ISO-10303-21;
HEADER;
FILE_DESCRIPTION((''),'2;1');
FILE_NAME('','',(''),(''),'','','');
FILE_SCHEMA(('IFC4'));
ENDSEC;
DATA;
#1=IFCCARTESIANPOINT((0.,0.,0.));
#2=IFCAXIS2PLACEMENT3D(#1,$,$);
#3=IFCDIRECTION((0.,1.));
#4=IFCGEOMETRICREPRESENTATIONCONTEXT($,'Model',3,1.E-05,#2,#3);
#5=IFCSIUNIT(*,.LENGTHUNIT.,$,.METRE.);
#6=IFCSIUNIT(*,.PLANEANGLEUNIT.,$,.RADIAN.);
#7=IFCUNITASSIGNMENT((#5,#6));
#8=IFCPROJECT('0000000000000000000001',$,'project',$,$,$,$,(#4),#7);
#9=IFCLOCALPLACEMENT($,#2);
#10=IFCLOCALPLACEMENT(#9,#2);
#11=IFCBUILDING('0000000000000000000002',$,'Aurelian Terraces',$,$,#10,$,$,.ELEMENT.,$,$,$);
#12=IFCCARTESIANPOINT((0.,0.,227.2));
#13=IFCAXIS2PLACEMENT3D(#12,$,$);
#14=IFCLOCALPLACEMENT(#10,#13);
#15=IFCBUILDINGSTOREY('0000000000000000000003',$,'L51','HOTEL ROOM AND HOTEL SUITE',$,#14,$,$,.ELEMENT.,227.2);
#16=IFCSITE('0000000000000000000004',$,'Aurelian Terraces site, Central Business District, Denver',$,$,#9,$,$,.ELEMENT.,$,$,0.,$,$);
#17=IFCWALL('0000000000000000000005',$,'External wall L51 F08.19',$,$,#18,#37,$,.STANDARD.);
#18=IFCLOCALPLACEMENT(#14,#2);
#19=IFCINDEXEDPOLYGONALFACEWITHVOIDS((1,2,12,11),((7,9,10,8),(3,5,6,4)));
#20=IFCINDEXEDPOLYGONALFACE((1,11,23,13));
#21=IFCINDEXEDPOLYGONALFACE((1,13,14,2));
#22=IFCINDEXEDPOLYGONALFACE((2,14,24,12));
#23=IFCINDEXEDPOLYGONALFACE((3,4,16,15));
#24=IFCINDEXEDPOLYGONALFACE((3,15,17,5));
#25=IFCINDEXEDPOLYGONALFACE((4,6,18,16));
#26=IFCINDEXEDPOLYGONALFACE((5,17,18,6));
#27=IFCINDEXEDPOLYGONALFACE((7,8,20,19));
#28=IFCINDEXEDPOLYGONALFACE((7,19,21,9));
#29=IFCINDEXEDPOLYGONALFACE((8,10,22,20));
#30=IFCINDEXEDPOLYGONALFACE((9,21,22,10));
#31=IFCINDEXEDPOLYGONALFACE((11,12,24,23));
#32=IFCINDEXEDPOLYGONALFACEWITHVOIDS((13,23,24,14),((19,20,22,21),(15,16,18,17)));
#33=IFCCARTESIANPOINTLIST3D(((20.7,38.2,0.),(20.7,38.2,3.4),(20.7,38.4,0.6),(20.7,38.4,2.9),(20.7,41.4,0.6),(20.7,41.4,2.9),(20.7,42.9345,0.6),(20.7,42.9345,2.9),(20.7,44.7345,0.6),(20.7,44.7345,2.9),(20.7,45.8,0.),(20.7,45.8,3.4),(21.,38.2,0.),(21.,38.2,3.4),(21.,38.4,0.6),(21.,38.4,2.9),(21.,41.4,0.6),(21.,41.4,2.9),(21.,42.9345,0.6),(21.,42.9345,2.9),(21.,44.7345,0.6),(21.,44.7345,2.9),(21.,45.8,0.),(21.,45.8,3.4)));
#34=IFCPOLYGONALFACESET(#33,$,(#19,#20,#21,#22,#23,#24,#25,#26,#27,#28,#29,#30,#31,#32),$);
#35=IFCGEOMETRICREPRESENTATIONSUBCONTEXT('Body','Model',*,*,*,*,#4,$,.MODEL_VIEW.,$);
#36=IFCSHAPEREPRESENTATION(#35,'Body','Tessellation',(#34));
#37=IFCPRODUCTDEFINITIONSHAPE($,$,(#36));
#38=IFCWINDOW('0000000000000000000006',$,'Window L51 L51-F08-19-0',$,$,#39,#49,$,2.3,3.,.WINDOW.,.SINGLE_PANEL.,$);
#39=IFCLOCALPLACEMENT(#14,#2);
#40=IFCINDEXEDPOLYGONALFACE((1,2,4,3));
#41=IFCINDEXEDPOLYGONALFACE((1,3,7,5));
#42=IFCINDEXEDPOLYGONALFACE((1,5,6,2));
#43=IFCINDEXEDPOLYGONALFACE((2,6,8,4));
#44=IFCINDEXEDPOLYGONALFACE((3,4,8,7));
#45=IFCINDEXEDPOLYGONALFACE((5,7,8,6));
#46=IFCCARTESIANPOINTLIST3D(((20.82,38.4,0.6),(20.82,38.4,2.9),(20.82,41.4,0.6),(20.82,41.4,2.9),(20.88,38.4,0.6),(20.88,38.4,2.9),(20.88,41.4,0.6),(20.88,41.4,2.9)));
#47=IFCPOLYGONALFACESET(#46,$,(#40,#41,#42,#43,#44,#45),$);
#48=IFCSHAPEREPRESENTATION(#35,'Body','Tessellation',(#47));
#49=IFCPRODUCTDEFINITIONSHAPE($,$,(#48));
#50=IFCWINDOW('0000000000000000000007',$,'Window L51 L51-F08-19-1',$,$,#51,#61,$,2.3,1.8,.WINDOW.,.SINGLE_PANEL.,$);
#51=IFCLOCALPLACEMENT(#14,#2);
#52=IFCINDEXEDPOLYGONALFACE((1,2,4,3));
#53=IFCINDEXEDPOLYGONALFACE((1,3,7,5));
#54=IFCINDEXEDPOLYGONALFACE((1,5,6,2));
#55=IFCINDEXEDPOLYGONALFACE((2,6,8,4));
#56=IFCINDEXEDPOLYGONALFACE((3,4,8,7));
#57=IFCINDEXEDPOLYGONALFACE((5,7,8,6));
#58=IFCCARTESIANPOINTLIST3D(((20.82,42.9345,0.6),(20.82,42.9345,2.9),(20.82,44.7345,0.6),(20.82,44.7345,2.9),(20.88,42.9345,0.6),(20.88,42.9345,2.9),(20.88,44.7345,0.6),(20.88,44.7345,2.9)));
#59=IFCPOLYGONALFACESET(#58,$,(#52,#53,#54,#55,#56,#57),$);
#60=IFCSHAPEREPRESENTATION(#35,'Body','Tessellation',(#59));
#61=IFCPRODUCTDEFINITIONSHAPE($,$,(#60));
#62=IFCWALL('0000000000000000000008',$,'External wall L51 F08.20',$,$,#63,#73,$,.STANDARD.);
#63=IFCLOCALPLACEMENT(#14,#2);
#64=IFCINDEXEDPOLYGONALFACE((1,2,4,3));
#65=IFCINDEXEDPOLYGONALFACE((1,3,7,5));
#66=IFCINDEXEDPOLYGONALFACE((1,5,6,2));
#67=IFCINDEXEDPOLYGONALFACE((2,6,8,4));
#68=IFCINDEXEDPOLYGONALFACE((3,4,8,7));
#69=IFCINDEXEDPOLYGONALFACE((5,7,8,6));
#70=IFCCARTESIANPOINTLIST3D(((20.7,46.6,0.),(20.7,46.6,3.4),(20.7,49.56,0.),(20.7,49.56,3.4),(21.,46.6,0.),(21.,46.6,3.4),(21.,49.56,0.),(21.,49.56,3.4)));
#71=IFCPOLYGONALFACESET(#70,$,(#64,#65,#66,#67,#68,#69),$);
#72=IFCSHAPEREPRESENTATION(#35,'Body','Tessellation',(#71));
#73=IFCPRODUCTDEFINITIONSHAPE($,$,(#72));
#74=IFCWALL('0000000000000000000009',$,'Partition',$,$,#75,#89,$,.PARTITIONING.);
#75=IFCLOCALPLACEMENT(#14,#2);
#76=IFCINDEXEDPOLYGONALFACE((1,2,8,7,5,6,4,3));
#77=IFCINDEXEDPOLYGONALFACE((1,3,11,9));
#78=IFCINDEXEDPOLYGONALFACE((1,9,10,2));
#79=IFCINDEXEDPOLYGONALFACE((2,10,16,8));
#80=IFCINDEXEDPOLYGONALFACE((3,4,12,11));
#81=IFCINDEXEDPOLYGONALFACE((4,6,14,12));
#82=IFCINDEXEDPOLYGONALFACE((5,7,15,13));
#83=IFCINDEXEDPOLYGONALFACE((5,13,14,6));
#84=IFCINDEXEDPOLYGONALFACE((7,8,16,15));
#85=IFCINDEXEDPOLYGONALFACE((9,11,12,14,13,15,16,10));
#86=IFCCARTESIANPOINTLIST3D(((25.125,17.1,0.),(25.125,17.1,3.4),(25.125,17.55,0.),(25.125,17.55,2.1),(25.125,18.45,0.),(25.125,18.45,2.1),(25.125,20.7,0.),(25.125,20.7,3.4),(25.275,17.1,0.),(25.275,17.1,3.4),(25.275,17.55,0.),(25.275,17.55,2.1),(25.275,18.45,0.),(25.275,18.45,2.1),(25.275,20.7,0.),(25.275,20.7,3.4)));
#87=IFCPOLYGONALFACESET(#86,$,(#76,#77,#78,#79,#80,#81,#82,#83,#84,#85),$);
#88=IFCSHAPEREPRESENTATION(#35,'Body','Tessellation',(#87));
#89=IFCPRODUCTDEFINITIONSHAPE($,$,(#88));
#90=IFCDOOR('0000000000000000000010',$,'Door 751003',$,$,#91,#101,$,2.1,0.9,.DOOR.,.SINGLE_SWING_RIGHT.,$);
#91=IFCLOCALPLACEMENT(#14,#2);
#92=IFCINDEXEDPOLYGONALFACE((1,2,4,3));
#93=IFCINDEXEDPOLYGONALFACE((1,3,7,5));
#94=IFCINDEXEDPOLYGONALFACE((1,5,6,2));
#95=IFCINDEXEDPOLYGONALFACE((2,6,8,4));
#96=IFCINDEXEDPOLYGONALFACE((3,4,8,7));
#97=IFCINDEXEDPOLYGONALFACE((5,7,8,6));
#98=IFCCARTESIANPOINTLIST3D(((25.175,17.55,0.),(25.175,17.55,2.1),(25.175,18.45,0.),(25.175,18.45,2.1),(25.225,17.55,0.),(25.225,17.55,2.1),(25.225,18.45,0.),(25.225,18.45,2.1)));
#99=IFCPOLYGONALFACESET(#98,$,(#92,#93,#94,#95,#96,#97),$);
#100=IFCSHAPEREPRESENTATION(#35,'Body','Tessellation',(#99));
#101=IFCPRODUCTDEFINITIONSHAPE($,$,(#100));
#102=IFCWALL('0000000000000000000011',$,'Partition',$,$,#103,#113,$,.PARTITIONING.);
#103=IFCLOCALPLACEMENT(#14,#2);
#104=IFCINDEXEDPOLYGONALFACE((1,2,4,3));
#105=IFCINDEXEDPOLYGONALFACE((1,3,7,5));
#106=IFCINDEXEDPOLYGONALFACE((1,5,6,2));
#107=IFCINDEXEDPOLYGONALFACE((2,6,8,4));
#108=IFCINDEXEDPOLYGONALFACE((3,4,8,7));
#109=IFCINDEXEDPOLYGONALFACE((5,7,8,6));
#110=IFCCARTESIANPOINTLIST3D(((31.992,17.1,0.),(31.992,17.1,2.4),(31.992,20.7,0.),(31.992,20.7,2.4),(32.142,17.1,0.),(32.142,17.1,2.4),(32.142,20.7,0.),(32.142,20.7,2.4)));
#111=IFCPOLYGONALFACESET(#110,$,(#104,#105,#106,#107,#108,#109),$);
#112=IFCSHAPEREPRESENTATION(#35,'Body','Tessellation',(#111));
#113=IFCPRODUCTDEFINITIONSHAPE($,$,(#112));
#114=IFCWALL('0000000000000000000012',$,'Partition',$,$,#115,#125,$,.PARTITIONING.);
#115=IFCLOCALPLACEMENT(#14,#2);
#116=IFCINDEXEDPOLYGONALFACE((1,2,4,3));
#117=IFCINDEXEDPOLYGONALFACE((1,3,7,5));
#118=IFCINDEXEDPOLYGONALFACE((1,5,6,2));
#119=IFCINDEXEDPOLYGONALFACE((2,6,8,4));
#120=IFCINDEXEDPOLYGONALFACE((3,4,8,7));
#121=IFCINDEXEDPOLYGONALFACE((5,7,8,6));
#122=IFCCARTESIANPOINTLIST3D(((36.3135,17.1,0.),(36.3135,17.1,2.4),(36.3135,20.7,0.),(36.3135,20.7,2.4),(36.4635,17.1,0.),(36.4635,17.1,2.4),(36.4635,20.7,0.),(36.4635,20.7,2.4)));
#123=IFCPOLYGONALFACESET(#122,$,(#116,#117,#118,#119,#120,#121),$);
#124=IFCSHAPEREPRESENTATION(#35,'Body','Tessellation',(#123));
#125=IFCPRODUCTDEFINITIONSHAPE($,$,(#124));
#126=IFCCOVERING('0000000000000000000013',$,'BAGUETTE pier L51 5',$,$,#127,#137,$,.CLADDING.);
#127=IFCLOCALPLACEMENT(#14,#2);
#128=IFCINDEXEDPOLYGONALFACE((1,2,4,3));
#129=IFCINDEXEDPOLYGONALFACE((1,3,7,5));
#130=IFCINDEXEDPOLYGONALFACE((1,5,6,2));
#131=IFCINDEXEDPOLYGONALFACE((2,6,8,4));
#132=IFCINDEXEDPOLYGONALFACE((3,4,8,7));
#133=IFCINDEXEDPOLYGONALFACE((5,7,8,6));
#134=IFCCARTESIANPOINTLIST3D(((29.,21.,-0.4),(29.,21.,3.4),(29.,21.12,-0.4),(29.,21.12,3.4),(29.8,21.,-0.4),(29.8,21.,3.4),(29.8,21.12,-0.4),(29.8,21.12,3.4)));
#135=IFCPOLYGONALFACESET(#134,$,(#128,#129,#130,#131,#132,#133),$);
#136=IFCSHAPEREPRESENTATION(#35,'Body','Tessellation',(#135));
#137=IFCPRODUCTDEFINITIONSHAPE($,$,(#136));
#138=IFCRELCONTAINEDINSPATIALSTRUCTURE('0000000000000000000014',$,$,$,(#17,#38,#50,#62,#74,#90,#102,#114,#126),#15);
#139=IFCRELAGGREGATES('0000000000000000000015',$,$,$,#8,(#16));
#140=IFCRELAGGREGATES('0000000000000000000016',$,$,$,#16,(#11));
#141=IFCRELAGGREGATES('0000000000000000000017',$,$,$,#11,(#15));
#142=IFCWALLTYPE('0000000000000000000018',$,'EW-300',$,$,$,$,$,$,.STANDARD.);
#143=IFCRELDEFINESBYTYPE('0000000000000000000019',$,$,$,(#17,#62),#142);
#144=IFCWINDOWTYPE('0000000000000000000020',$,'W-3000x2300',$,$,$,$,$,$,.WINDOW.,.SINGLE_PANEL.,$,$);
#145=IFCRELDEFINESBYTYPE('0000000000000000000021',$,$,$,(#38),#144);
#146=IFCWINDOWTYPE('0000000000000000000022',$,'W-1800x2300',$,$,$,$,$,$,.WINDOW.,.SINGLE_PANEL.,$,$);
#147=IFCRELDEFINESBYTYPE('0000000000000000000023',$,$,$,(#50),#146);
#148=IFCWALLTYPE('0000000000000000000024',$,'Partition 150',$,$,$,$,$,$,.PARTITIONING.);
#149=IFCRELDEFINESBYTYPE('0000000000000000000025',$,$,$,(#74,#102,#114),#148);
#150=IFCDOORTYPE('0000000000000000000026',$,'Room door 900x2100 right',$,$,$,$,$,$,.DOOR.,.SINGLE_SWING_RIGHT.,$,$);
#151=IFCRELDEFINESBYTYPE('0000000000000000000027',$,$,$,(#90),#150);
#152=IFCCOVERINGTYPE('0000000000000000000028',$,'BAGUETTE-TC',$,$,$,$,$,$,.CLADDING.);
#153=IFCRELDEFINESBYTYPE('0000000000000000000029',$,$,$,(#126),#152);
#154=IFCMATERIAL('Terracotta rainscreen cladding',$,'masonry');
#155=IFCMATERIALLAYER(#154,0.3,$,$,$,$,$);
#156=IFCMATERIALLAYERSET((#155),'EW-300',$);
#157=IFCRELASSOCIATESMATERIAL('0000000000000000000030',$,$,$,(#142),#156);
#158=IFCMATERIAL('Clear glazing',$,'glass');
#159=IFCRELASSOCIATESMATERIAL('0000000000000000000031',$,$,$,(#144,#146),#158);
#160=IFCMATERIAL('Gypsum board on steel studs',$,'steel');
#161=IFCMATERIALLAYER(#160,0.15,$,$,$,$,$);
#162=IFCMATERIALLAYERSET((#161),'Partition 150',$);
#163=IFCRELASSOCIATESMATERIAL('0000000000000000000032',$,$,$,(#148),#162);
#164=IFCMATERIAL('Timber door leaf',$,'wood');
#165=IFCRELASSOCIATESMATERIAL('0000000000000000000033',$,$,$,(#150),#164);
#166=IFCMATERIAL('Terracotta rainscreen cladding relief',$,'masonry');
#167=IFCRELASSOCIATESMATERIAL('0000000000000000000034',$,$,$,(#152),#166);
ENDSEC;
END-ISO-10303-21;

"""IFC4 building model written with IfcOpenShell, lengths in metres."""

from ifc_helpers import new_model, si_unit, direction, frame, frame_2d, origin, origin_2d, place, context, subcontext, project, spatial, rectangle, extrude, source, transform, mapped, material, layer, layer_set, type_object, element, fill, save


model = new_model("IFC4")

# Units and contexts
model_context = context("Model", 3, precision=1e-05, world=origin(), true_north=direction((0.0, 1.0)))
body_context = subcontext(model_context, "Body", "Model", "MODEL_VIEW")
ifc_project = project(units=[si_unit("LENGTHUNIT", "METRE"), si_unit("PLANEANGLEUNIT", "RADIAN")], contexts=[model_context])

# Site, building, storey
site_placement = place(None, origin())
site = spatial("IfcSite", under=ifc_project, at=site_placement, Name="Aurelian Terraces site, Central Business District, Denver", CompositionType="ELEMENT", RefElevation=0.0)
building_placement = place(site_placement, origin())
building = spatial("IfcBuilding", under=site, at=building_placement, Name="Aurelian Terraces", CompositionType="ELEMENT")
storey_placement = place(building_placement, frame((0.0, 0.0, 227.2)))
storey = spatial("IfcBuildingStorey", under=building, at=storey_placement, Name="L51", Description="HOTEL ROOM AND HOTEL SUITE", CompositionType="ELEMENT", Elevation=227.2)

# Shared definitions
ifc_material_1 = material(Name="Terracotta rainscreen cladding", Category="masonry")
ifc_layer_1 = layer(ifc_material_1, 0.3)
ifc_layer_set_1 = layer_set([ifc_layer_1], Name="EW-300")
wall_type_1 = type_object("IfcWallType", Name="EW-300", PredefinedType="STANDARD", material=ifc_layer_set_1)
ifc_material_2 = material(Name="Clear glazing", Category="glass")
shared_shape_1 = source(origin(), body_context, "Body", "SweptSolid", [
    extrude(rectangle(XDim=3.0, YDim=2.3, at=frame_2d((1.5, 1.15))), frame((0.0, 0.16, 0.0), z_axis=(0.0, -1.0, 0.0), x_axis=(1.0, 0.0, 0.0)), (0.0, 0.0, 1.0), 0.32),
])
shared_shape_2 = source(origin(), body_context, "Body", "SweptSolid", [
    extrude(rectangle(XDim=1.8, YDim=2.3, at=frame_2d((0.9, 1.15))), frame((0.0, 0.16, 0.0), z_axis=(0.0, -1.0, 0.0), x_axis=(1.0, 0.0, 0.0)), (0.0, 0.0, 1.0), 0.32),
])
window_type_1 = type_object("IfcWindowType", Name="W-3000x2300", PartitioningType="SINGLE_PANEL", PredefinedType="WINDOW", material=ifc_material_2)
shared_shape_3 = source(origin(), body_context, "Body", "SweptSolid", [
    extrude(rectangle(XDim=3.0, YDim=2.3, at=frame_2d((1.5, 1.15))), frame((0.0, 0.03, 0.0), z_axis=(0.0, -1.0, 0.0), x_axis=(1.0, 0.0, 0.0)), (0.0, 0.0, 1.0), 0.06),
])
window_type_2 = type_object("IfcWindowType", Name="W-1800x2300", PartitioningType="SINGLE_PANEL", PredefinedType="WINDOW", material=ifc_material_2)
shared_shape_4 = source(origin(), body_context, "Body", "SweptSolid", [
    extrude(rectangle(XDim=1.8, YDim=2.3, at=frame_2d((0.9, 1.15))), frame((0.0, 0.03, 0.0), z_axis=(0.0, -1.0, 0.0), x_axis=(1.0, 0.0, 0.0)), (0.0, 0.0, 1.0), 0.06),
])

# Wall, openings, windows
shared_shape_5 = source(origin(), body_context, "Body", "SweptSolid", [
    extrude(rectangle(XDim=7.6, YDim=0.3, at=frame_2d((3.8, 0.0))), origin(), (0.0, 0.0, 1.0), 3.4),
])
wall_1_placement = place(storey_placement, frame((20.85, 38.2, 0.0), z_axis=(0.0, 0.0, 1.0), x_axis=(0.0, 1.0, 0.0)))
wall_1 = element("IfcWall", 1, at=wall_1_placement, inside=storey, type_object=wall_type_1, Name="External wall L51 F08.19", PredefinedType="STANDARD", context=body_context, shape_type="MappedRepresentation", body=[
    mapped(shared_shape_5, transform((0.0, 0.0, 0.0), scale=1.0)),
])
opening_1_placement = place(wall_1_placement, frame((0.2, 0.0, 0.6)))
opening_1 = element("IfcOpeningElement", 2, at=opening_1_placement, cuts=wall_1, PredefinedType="OPENING", context=body_context, shape_type="MappedRepresentation", body=[
    mapped(shared_shape_1, transform((0.0, 0.0, 0.0), scale=1.0)),
])
opening_2_placement = place(wall_1_placement, frame((4.7345, 0.0, 0.6)))
opening_2 = element("IfcOpeningElement", 3, at=opening_2_placement, cuts=wall_1, PredefinedType="OPENING", context=body_context, shape_type="MappedRepresentation", body=[
    mapped(shared_shape_2, transform((0.0, 0.0, 0.0), scale=1.0)),
])
window_1_placement = place(opening_1_placement, origin())
window_1 = element("IfcWindow", 4, at=window_1_placement, inside=storey, type_object=window_type_1, Name="Window L51 L51-F08-19-0", OverallHeight=2.3, OverallWidth=3.0, PartitioningType="SINGLE_PANEL", PredefinedType="WINDOW", context=body_context, shape_type="MappedRepresentation", body=[
    mapped(shared_shape_3, transform((0.0, 0.0, 0.0), scale=1.0)),
])
fill(opening_1, window_1)
window_2_placement = place(opening_2_placement, origin())
window_2 = element("IfcWindow", 5, at=window_2_placement, inside=storey, type_object=window_type_2, Name="Window L51 L51-F08-19-1", OverallHeight=2.3, OverallWidth=1.8, PartitioningType="SINGLE_PANEL", PredefinedType="WINDOW", context=body_context, shape_type="MappedRepresentation", body=[
    mapped(shared_shape_4, transform((0.0, 0.0, 0.0), scale=1.0)),
])
fill(opening_2, window_2)

# Wall
shared_shape_6 = source(origin(), body_context, "Body", "SweptSolid", [
    extrude(rectangle(XDim=2.96, YDim=0.3, at=frame_2d((1.48, 0.0))), origin(), (0.0, 0.0, 1.0), 3.4),
])
wall_2_placement = place(storey_placement, frame((20.85, 46.6, 0.0), z_axis=(0.0, 0.0, 1.0), x_axis=(0.0, 1.0, 0.0)))
element("IfcWall", 6, at=wall_2_placement, inside=storey, type_object=wall_type_1, Name="External wall L51 F08.20", PredefinedType="STANDARD", context=body_context, shape_type="MappedRepresentation", body=[
    mapped(shared_shape_6, transform((0.0, 0.0, 0.0), scale=1.0)),
])

# Wall, opening, door
ifc_material_3 = material(Name="Gypsum board on steel studs", Category="steel")
ifc_layer_2 = layer(ifc_material_3, 0.15)
ifc_layer_set_2 = layer_set([ifc_layer_2], Name="Partition 150")
wall_type_2 = type_object("IfcWallType", Name="Partition 150", PredefinedType="PARTITIONING", material=ifc_layer_set_2)
shared_shape_7 = source(origin(), body_context, "Body", "SweptSolid", [
    extrude(rectangle(XDim=3.6, YDim=0.15, at=frame_2d((1.8, 0.0))), origin(), (0.0, 0.0, 1.0), 3.4),
])
wall_3_placement = place(storey_placement, frame((25.2, 20.7, 0.0), z_axis=(0.0, 0.0, 1.0), x_axis=(0.0, -1.0, 0.0)))
wall_3 = element("IfcWall", 7, at=wall_3_placement, inside=storey, type_object=wall_type_2, Name="Partition", PredefinedType="PARTITIONING", context=body_context, shape_type="MappedRepresentation", body=[
    mapped(shared_shape_7, transform((0.0, 0.0, 0.0), scale=1.0)),
])
shared_shape_8 = source(origin(), body_context, "Body", "SweptSolid", [
    extrude(rectangle(XDim=0.9, YDim=2.1, at=frame_2d((0.45, 1.05))), frame((0.0, 0.085, 0.0), z_axis=(0.0, -1.0, 0.0), x_axis=(1.0, 0.0, 0.0)), (0.0, 0.0, 1.0), 0.17),
])
opening_3_placement = place(wall_3_placement, frame((2.25, 0.0, 0.0)))
opening_3 = element("IfcOpeningElement", 8, at=opening_3_placement, cuts=wall_3, PredefinedType="OPENING", context=body_context, shape_type="MappedRepresentation", body=[
    mapped(shared_shape_8, transform((0.0, 0.0, 0.0), scale=1.0)),
])
ifc_material_4 = material(Name="Timber door leaf", Category="wood")
door_type = type_object("IfcDoorType", Name="Room door 900x2100 right", OperationType="SINGLE_SWING_RIGHT", PredefinedType="DOOR", material=ifc_material_4)
shared_shape_9 = source(origin(), body_context, "Body", "SweptSolid", [
    extrude(rectangle(XDim=0.9, YDim=2.1, at=frame_2d((0.45, 1.05))), frame((0.0, 0.025, 0.0), z_axis=(0.0, -1.0, 0.0), x_axis=(1.0, 0.0, 0.0)), (0.0, 0.0, 1.0), 0.05),
])
door_placement = place(opening_3_placement, origin())
door = element("IfcDoor", 9, at=door_placement, inside=storey, type_object=door_type, Name="Door 751003", OperationType="SINGLE_SWING_RIGHT", OverallHeight=2.1, OverallWidth=0.9, PredefinedType="DOOR", context=body_context, shape_type="MappedRepresentation", body=[
    mapped(shared_shape_9, transform((0.0, 0.0, 0.0), scale=1.0)),
])
fill(opening_3, door)

# Walls
shared_shape_10 = source(origin(), body_context, "Body", "SweptSolid", [
    extrude(rectangle(XDim=3.6, YDim=0.15, at=frame_2d((1.8, 0.0))), origin(), (0.0, 0.0, 1.0), 2.4),
])
for number, where, z_axis, x_axis, name in (
    (10, (32.067, 20.7, 0.0), (0.0, 0.0, 1.0), (0.0, -1.0, 0.0), "Partition"),
    (11, (36.3885, 20.7, 0.0), (0.0, 0.0, 1.0), (0.0, -1.0, 0.0), "Partition"),
):
    element("IfcWall", number, at=place(storey_placement, frame(where, z_axis=z_axis, x_axis=x_axis)), inside=storey, type_object=wall_type_2, Name=name, PredefinedType="PARTITIONING", context=body_context, shape_type="MappedRepresentation", body=[
        mapped(shared_shape_10, transform((0.0, 0.0, 0.0), scale=1.0)),
    ])

# Covering
ifc_material_5 = material(Name="Terracotta rainscreen cladding relief", Category="masonry")
covering_type = type_object("IfcCoveringType", Name="BAGUETTE-TC", PredefinedType="CLADDING", material=ifc_material_5)
shared_shape_11 = source(origin(), body_context, "Body", "SweptSolid", [
    extrude(rectangle(XDim=0.8, YDim=0.12, at=origin_2d()), origin(), (0.0, 0.0, 1.0), 3.8),
])
covering_placement = place(storey_placement, frame((29.4, 21.06, -0.4), z_axis=(0.0, 0.0, 1.0), x_axis=(1.0, 0.0, 0.0)))
element("IfcCovering", 12, at=covering_placement, inside=storey, type_object=covering_type, Name="BAGUETTE pier L51 5", PredefinedType="CLADDING", context=body_context, shape_type="MappedRepresentation", body=[
    mapped(shared_shape_11, transform((0.0, 0.0, 0.0), scale=1.0)),
])

save(model, "model.ifc")
